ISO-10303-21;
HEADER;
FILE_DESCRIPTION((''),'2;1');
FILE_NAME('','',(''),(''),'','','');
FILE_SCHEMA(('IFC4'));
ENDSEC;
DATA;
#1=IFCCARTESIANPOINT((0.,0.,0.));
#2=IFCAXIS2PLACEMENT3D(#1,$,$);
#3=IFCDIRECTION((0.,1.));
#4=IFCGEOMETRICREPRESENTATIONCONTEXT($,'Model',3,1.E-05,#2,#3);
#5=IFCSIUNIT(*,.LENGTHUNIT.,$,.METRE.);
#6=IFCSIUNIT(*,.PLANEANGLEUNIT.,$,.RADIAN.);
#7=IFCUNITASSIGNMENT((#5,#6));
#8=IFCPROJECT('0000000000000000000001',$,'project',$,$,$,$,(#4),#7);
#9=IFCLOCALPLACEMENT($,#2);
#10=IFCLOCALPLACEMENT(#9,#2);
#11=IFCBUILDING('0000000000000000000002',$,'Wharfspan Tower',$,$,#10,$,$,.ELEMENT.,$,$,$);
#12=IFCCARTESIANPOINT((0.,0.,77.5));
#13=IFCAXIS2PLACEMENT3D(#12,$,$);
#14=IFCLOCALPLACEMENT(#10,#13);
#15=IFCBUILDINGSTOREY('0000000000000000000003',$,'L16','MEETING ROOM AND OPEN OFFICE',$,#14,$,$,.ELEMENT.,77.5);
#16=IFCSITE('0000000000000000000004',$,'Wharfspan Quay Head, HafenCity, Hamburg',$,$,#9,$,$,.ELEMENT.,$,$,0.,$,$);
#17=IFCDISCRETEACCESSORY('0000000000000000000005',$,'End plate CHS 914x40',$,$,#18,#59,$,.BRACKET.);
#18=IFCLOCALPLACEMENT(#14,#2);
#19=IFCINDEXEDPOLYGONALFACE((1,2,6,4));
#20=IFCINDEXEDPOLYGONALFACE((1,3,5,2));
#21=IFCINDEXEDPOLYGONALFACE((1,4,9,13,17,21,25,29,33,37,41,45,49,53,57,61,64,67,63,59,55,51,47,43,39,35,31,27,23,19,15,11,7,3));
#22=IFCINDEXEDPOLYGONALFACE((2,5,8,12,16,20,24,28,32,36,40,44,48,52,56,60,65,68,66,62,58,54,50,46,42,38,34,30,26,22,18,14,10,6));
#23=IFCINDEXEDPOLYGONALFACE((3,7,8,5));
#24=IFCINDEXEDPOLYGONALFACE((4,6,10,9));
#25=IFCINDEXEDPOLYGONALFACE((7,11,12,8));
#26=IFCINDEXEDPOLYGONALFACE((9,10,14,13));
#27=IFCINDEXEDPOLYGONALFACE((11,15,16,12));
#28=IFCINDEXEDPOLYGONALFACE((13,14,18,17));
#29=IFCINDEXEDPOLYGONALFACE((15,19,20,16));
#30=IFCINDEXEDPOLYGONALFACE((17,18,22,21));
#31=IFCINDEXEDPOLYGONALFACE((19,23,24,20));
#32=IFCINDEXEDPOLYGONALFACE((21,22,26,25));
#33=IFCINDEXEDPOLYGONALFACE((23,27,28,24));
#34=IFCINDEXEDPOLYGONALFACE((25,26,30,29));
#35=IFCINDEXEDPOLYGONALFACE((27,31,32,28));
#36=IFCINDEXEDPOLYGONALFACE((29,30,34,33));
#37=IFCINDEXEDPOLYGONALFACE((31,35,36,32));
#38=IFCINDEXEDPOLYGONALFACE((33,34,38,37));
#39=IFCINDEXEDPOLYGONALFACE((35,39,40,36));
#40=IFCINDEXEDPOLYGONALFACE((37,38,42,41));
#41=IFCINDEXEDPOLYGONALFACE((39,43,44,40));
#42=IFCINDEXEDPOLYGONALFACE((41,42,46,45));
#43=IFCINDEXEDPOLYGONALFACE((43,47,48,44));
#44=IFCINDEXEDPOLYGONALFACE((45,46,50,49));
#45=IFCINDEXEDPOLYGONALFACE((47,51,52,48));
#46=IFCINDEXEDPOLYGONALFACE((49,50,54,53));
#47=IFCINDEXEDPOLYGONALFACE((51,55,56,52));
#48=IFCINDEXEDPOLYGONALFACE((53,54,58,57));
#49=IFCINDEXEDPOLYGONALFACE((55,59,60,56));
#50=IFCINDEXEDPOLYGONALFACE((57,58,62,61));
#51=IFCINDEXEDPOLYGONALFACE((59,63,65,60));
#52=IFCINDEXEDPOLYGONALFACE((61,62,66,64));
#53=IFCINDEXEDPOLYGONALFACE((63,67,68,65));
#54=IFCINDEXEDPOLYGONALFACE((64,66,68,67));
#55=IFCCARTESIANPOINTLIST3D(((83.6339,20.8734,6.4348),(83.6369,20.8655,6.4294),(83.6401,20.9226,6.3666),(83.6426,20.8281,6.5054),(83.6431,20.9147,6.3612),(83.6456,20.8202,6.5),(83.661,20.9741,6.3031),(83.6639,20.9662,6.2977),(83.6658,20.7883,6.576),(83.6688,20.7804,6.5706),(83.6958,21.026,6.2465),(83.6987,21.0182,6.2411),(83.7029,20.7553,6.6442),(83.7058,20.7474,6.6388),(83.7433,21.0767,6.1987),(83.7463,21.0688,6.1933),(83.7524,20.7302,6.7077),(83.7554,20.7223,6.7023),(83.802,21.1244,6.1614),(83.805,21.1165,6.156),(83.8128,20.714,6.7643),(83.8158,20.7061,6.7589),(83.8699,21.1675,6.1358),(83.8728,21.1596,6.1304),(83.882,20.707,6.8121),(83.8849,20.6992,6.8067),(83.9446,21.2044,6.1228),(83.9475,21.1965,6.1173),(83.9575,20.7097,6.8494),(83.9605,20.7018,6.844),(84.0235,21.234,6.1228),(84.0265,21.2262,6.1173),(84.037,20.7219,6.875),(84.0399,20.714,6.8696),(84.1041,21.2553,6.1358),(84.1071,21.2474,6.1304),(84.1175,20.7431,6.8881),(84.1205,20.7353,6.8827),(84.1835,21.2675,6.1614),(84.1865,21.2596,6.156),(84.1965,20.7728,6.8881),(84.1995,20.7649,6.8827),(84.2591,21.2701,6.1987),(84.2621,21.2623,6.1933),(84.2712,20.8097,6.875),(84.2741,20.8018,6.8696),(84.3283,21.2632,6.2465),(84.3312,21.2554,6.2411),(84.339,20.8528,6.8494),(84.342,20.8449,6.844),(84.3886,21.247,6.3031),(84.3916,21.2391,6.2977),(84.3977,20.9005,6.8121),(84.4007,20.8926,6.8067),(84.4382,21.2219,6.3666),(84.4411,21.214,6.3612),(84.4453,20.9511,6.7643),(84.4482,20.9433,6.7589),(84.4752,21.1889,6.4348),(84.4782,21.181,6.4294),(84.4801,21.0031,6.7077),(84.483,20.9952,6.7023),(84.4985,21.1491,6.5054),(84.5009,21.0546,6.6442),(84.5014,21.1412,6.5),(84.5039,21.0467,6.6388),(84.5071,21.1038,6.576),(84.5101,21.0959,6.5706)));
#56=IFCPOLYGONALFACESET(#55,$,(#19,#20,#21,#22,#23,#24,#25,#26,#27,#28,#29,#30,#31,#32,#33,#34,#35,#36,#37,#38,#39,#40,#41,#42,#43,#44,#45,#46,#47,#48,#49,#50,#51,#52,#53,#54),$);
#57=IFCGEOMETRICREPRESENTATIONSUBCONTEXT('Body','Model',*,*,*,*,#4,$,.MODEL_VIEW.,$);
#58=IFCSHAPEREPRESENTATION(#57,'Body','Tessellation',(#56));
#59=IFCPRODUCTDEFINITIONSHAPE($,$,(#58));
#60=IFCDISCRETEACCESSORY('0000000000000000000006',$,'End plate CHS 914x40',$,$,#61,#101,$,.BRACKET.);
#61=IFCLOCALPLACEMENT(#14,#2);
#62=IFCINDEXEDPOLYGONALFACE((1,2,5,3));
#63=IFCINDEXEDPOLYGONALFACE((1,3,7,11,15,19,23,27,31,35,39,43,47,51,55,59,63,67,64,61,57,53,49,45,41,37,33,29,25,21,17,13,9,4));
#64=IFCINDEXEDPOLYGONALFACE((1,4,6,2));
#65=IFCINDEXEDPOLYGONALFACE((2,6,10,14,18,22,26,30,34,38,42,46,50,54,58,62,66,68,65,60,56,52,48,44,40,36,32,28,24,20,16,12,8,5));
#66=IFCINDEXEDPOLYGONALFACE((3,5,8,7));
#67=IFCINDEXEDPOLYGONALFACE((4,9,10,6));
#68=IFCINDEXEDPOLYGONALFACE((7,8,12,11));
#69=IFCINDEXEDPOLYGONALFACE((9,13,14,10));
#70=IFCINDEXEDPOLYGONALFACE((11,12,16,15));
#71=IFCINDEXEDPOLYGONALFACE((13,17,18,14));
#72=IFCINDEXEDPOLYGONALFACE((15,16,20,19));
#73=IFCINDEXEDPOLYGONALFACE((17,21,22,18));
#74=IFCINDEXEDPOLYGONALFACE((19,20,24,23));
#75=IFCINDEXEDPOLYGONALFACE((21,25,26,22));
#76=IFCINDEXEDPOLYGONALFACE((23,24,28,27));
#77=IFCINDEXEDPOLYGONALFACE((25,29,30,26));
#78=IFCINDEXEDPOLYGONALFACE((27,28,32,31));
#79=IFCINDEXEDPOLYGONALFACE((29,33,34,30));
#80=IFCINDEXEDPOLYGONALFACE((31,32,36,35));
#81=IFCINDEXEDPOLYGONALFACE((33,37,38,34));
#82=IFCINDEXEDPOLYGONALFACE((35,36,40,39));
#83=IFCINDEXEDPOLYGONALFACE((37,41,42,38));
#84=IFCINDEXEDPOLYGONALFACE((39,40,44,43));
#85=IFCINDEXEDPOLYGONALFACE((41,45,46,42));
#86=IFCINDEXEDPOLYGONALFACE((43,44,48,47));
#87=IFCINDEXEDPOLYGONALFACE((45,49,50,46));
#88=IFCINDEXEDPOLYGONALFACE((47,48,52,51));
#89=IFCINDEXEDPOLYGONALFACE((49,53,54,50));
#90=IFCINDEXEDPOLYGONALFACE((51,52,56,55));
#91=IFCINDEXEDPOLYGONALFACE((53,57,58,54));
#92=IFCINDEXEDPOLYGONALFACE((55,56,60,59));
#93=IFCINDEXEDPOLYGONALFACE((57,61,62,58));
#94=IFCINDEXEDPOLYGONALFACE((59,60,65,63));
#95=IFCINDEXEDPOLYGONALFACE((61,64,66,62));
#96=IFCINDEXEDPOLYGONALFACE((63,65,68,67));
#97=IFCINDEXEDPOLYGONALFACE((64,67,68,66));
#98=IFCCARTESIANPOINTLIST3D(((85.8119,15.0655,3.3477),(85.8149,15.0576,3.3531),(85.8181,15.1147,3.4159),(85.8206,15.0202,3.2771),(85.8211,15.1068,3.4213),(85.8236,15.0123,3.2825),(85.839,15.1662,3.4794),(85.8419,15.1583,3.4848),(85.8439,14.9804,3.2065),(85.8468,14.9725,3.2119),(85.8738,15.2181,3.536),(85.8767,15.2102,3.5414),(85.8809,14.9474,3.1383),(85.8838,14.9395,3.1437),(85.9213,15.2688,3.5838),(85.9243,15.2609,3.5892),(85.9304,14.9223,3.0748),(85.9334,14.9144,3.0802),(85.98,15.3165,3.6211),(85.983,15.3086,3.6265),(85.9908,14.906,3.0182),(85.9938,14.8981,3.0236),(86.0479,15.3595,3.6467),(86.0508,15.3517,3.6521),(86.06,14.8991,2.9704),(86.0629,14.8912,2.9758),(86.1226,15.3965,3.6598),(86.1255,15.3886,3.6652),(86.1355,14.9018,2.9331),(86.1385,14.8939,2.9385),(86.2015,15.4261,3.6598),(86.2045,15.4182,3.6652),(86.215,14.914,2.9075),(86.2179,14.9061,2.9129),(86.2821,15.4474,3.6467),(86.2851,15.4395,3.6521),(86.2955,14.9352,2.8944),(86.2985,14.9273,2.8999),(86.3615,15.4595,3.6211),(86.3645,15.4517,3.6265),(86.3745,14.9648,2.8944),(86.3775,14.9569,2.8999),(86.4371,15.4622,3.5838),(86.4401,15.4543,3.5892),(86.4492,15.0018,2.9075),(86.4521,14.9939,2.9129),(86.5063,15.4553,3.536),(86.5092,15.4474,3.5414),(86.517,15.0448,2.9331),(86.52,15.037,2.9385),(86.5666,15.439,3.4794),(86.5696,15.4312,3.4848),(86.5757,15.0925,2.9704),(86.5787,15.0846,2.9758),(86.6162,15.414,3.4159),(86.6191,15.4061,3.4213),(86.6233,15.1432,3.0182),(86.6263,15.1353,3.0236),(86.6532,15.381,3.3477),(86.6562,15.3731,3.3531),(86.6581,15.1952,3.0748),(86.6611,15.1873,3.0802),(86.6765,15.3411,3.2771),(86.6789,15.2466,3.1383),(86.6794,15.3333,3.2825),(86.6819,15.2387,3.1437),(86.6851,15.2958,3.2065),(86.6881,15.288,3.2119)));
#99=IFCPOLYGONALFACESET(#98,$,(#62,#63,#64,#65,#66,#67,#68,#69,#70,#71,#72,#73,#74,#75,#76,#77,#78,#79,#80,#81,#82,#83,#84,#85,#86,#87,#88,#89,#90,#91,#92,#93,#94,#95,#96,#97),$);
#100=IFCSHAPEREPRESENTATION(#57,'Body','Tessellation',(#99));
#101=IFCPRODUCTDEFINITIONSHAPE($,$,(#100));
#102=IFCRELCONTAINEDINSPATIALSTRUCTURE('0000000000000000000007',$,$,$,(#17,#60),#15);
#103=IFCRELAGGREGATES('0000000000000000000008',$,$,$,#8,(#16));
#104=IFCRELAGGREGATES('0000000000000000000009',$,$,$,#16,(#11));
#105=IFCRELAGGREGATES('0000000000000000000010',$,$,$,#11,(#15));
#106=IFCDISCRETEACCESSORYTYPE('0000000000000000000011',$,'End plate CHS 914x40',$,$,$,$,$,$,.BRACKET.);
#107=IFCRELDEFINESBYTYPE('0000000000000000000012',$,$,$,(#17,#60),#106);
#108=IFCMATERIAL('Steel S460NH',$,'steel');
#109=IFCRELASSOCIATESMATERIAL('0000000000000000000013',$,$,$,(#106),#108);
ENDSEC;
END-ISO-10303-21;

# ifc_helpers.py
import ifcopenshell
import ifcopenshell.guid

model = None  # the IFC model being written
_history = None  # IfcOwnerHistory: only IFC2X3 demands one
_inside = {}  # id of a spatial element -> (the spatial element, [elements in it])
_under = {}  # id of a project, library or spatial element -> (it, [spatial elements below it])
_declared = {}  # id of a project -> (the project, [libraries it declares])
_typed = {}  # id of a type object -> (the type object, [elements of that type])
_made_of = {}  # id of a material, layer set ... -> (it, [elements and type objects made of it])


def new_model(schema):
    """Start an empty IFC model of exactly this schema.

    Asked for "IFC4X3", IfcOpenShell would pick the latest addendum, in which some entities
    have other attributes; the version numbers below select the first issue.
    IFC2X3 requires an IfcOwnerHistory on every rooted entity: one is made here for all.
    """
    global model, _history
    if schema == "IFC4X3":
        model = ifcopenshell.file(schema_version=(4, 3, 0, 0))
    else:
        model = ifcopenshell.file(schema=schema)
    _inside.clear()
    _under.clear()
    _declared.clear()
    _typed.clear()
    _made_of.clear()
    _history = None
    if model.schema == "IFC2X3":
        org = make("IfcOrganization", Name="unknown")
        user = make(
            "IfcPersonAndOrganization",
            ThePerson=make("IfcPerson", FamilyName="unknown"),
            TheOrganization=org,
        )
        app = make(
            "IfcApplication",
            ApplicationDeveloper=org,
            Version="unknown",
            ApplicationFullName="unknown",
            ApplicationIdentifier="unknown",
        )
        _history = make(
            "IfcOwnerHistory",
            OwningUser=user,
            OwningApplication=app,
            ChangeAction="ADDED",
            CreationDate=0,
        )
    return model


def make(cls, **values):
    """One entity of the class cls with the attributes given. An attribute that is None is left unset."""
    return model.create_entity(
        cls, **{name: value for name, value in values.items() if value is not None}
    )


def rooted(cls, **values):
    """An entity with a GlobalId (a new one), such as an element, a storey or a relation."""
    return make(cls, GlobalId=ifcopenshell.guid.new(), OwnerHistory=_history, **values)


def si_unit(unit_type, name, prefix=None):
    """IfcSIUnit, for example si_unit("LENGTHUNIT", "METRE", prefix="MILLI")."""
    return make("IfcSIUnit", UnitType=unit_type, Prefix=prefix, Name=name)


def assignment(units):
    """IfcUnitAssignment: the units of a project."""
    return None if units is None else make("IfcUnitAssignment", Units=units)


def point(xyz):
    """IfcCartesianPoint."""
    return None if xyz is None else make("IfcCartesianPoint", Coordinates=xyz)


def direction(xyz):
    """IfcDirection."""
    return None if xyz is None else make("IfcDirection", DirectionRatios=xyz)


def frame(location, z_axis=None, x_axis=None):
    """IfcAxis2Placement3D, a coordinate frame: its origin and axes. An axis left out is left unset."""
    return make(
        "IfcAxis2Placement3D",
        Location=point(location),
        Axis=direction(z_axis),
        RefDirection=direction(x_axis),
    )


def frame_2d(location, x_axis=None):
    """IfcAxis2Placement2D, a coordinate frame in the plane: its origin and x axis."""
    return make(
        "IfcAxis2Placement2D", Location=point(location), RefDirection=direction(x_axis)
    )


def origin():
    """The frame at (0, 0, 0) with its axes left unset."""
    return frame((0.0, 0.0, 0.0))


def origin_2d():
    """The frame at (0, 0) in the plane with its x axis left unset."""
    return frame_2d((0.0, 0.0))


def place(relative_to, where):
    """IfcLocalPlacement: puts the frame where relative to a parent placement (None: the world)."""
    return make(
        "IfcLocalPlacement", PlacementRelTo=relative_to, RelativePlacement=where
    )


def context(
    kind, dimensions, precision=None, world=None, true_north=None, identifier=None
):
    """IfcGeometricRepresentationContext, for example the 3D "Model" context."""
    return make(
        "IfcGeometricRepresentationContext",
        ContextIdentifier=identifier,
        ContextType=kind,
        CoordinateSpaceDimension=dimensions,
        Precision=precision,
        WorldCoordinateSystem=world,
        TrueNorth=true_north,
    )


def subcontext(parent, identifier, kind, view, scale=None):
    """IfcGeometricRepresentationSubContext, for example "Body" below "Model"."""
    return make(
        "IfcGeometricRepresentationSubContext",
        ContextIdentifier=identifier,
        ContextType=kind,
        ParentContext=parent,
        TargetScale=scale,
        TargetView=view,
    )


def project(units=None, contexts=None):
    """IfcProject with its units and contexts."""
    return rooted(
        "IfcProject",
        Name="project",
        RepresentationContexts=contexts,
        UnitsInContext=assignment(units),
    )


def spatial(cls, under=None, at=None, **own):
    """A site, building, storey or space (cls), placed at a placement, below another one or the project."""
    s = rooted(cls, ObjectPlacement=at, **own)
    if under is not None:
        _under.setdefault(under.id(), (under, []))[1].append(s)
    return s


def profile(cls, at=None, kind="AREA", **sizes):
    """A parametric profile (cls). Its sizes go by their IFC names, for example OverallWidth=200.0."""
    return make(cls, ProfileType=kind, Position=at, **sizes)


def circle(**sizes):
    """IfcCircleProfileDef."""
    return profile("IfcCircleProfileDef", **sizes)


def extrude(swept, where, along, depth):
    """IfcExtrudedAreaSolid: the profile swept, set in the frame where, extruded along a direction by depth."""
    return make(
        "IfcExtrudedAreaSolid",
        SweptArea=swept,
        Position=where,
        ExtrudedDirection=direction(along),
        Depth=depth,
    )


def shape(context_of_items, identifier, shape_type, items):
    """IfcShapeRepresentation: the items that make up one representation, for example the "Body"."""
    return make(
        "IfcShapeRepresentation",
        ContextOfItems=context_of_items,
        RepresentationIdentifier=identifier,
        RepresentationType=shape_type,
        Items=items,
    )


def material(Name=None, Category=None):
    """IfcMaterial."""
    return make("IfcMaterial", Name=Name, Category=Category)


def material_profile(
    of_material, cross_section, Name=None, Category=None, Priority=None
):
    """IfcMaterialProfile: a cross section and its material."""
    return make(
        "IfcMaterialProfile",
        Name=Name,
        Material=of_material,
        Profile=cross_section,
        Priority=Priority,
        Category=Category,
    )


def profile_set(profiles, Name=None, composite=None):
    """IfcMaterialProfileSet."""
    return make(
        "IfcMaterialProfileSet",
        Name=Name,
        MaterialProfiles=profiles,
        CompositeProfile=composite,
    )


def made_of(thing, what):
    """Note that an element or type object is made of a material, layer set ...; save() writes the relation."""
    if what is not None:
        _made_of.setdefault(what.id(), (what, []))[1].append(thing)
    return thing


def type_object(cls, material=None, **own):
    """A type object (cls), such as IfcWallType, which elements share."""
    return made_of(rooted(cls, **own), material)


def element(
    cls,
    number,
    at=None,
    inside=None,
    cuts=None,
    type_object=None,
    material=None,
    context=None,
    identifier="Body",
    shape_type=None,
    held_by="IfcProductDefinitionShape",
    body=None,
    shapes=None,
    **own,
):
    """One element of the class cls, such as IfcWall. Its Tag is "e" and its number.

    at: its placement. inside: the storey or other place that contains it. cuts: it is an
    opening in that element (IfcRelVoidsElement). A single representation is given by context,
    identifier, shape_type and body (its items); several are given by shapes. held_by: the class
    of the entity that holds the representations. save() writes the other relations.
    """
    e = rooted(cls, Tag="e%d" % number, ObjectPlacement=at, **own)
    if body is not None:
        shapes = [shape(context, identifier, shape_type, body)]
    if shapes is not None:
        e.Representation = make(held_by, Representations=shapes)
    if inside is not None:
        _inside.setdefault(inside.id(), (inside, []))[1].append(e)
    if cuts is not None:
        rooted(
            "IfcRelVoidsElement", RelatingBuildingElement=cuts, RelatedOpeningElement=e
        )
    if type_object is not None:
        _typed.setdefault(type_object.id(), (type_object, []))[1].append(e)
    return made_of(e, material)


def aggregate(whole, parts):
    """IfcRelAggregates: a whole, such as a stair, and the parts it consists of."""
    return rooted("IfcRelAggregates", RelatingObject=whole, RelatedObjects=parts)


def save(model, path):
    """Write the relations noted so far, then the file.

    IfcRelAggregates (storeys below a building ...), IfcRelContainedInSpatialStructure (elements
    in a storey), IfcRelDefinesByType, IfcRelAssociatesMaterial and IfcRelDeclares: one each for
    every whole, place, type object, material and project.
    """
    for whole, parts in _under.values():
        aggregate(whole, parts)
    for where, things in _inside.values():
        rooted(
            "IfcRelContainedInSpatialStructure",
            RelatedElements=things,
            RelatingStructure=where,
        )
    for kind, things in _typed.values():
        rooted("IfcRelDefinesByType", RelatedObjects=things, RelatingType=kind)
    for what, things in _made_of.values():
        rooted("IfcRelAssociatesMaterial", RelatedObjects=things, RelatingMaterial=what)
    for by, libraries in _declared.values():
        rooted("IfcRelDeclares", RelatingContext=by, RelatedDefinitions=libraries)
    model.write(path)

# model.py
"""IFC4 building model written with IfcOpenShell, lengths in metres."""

from ifc_helpers import new_model, si_unit, direction, frame, origin, origin_2d, place, context, subcontext, project, spatial, circle, extrude, material, material_profile, profile_set, type_object, element, save


model = new_model("IFC4")

# Units and contexts
model_context = context("Model", 3, precision=1e-05, world=origin(), true_north=direction((0.0, 1.0)))
body_context = subcontext(model_context, "Body", "Model", "MODEL_VIEW")
ifc_project = project(units=[si_unit("LENGTHUNIT", "METRE"), si_unit("PLANEANGLEUNIT", "RADIAN")], contexts=[model_context])

# Site, building, storey
site_placement = place(None, origin())
site = spatial("IfcSite", under=ifc_project, at=site_placement, Name="Wharfspan Quay Head, HafenCity, Hamburg", CompositionType="ELEMENT", RefElevation=0.0)
building_placement = place(site_placement, origin())
building = spatial("IfcBuilding", under=site, at=building_placement, Name="Wharfspan Tower", CompositionType="ELEMENT")
storey_placement = place(building_placement, frame((0.0, 0.0, 77.5)))
storey = spatial("IfcBuildingStorey", under=building, at=storey_placement, Name="L16", Description="MEETING ROOM AND OPEN OFFICE", CompositionType="ELEMENT", Elevation=77.5)

# Shared definitions
ifc_material_1 = material(Name="Steel S460NH", Category="steel")

# Discrete accessories
ifc_material_profile_1 = material_profile(ifc_material_1, circle(Radius=0.457, at=origin_2d()))
ifc_profile_set_1 = profile_set([ifc_material_profile_1], Name="Steel S460NH")
discrete_accessory_type = type_object("IfcDiscreteAccessoryType", Name="End plate CHS 914x40", PredefinedType="BRACKET", material=ifc_profile_set_1)
for number, where, z_axis, x_axis, name in (
    (1, (84.0735, 20.9807, 6.5), (-0.295241, 0.787309, 0.541275), (-0.936333, -0.351125, 0.0), "End plate CHS 914x40"),
    (2, (86.2485, 15.1807, 3.2771), (0.295241, -0.787309, 0.541275), (0.936333, 0.351125, 0.0), "End plate CHS 914x40"),
):
    element("IfcDiscreteAccessory", number, at=place(storey_placement, frame(where, z_axis=z_axis, x_axis=x_axis)), inside=storey, type_object=discrete_accessory_type, Name=name, PredefinedType="BRACKET", context=body_context, shape_type="SweptSolid", body=[
        extrude(circle(Radius=0.457, at=origin_2d()), origin(), (0.0, 0.0, 1.0), 0.01),
    ])

save(model, "model.ifc")
